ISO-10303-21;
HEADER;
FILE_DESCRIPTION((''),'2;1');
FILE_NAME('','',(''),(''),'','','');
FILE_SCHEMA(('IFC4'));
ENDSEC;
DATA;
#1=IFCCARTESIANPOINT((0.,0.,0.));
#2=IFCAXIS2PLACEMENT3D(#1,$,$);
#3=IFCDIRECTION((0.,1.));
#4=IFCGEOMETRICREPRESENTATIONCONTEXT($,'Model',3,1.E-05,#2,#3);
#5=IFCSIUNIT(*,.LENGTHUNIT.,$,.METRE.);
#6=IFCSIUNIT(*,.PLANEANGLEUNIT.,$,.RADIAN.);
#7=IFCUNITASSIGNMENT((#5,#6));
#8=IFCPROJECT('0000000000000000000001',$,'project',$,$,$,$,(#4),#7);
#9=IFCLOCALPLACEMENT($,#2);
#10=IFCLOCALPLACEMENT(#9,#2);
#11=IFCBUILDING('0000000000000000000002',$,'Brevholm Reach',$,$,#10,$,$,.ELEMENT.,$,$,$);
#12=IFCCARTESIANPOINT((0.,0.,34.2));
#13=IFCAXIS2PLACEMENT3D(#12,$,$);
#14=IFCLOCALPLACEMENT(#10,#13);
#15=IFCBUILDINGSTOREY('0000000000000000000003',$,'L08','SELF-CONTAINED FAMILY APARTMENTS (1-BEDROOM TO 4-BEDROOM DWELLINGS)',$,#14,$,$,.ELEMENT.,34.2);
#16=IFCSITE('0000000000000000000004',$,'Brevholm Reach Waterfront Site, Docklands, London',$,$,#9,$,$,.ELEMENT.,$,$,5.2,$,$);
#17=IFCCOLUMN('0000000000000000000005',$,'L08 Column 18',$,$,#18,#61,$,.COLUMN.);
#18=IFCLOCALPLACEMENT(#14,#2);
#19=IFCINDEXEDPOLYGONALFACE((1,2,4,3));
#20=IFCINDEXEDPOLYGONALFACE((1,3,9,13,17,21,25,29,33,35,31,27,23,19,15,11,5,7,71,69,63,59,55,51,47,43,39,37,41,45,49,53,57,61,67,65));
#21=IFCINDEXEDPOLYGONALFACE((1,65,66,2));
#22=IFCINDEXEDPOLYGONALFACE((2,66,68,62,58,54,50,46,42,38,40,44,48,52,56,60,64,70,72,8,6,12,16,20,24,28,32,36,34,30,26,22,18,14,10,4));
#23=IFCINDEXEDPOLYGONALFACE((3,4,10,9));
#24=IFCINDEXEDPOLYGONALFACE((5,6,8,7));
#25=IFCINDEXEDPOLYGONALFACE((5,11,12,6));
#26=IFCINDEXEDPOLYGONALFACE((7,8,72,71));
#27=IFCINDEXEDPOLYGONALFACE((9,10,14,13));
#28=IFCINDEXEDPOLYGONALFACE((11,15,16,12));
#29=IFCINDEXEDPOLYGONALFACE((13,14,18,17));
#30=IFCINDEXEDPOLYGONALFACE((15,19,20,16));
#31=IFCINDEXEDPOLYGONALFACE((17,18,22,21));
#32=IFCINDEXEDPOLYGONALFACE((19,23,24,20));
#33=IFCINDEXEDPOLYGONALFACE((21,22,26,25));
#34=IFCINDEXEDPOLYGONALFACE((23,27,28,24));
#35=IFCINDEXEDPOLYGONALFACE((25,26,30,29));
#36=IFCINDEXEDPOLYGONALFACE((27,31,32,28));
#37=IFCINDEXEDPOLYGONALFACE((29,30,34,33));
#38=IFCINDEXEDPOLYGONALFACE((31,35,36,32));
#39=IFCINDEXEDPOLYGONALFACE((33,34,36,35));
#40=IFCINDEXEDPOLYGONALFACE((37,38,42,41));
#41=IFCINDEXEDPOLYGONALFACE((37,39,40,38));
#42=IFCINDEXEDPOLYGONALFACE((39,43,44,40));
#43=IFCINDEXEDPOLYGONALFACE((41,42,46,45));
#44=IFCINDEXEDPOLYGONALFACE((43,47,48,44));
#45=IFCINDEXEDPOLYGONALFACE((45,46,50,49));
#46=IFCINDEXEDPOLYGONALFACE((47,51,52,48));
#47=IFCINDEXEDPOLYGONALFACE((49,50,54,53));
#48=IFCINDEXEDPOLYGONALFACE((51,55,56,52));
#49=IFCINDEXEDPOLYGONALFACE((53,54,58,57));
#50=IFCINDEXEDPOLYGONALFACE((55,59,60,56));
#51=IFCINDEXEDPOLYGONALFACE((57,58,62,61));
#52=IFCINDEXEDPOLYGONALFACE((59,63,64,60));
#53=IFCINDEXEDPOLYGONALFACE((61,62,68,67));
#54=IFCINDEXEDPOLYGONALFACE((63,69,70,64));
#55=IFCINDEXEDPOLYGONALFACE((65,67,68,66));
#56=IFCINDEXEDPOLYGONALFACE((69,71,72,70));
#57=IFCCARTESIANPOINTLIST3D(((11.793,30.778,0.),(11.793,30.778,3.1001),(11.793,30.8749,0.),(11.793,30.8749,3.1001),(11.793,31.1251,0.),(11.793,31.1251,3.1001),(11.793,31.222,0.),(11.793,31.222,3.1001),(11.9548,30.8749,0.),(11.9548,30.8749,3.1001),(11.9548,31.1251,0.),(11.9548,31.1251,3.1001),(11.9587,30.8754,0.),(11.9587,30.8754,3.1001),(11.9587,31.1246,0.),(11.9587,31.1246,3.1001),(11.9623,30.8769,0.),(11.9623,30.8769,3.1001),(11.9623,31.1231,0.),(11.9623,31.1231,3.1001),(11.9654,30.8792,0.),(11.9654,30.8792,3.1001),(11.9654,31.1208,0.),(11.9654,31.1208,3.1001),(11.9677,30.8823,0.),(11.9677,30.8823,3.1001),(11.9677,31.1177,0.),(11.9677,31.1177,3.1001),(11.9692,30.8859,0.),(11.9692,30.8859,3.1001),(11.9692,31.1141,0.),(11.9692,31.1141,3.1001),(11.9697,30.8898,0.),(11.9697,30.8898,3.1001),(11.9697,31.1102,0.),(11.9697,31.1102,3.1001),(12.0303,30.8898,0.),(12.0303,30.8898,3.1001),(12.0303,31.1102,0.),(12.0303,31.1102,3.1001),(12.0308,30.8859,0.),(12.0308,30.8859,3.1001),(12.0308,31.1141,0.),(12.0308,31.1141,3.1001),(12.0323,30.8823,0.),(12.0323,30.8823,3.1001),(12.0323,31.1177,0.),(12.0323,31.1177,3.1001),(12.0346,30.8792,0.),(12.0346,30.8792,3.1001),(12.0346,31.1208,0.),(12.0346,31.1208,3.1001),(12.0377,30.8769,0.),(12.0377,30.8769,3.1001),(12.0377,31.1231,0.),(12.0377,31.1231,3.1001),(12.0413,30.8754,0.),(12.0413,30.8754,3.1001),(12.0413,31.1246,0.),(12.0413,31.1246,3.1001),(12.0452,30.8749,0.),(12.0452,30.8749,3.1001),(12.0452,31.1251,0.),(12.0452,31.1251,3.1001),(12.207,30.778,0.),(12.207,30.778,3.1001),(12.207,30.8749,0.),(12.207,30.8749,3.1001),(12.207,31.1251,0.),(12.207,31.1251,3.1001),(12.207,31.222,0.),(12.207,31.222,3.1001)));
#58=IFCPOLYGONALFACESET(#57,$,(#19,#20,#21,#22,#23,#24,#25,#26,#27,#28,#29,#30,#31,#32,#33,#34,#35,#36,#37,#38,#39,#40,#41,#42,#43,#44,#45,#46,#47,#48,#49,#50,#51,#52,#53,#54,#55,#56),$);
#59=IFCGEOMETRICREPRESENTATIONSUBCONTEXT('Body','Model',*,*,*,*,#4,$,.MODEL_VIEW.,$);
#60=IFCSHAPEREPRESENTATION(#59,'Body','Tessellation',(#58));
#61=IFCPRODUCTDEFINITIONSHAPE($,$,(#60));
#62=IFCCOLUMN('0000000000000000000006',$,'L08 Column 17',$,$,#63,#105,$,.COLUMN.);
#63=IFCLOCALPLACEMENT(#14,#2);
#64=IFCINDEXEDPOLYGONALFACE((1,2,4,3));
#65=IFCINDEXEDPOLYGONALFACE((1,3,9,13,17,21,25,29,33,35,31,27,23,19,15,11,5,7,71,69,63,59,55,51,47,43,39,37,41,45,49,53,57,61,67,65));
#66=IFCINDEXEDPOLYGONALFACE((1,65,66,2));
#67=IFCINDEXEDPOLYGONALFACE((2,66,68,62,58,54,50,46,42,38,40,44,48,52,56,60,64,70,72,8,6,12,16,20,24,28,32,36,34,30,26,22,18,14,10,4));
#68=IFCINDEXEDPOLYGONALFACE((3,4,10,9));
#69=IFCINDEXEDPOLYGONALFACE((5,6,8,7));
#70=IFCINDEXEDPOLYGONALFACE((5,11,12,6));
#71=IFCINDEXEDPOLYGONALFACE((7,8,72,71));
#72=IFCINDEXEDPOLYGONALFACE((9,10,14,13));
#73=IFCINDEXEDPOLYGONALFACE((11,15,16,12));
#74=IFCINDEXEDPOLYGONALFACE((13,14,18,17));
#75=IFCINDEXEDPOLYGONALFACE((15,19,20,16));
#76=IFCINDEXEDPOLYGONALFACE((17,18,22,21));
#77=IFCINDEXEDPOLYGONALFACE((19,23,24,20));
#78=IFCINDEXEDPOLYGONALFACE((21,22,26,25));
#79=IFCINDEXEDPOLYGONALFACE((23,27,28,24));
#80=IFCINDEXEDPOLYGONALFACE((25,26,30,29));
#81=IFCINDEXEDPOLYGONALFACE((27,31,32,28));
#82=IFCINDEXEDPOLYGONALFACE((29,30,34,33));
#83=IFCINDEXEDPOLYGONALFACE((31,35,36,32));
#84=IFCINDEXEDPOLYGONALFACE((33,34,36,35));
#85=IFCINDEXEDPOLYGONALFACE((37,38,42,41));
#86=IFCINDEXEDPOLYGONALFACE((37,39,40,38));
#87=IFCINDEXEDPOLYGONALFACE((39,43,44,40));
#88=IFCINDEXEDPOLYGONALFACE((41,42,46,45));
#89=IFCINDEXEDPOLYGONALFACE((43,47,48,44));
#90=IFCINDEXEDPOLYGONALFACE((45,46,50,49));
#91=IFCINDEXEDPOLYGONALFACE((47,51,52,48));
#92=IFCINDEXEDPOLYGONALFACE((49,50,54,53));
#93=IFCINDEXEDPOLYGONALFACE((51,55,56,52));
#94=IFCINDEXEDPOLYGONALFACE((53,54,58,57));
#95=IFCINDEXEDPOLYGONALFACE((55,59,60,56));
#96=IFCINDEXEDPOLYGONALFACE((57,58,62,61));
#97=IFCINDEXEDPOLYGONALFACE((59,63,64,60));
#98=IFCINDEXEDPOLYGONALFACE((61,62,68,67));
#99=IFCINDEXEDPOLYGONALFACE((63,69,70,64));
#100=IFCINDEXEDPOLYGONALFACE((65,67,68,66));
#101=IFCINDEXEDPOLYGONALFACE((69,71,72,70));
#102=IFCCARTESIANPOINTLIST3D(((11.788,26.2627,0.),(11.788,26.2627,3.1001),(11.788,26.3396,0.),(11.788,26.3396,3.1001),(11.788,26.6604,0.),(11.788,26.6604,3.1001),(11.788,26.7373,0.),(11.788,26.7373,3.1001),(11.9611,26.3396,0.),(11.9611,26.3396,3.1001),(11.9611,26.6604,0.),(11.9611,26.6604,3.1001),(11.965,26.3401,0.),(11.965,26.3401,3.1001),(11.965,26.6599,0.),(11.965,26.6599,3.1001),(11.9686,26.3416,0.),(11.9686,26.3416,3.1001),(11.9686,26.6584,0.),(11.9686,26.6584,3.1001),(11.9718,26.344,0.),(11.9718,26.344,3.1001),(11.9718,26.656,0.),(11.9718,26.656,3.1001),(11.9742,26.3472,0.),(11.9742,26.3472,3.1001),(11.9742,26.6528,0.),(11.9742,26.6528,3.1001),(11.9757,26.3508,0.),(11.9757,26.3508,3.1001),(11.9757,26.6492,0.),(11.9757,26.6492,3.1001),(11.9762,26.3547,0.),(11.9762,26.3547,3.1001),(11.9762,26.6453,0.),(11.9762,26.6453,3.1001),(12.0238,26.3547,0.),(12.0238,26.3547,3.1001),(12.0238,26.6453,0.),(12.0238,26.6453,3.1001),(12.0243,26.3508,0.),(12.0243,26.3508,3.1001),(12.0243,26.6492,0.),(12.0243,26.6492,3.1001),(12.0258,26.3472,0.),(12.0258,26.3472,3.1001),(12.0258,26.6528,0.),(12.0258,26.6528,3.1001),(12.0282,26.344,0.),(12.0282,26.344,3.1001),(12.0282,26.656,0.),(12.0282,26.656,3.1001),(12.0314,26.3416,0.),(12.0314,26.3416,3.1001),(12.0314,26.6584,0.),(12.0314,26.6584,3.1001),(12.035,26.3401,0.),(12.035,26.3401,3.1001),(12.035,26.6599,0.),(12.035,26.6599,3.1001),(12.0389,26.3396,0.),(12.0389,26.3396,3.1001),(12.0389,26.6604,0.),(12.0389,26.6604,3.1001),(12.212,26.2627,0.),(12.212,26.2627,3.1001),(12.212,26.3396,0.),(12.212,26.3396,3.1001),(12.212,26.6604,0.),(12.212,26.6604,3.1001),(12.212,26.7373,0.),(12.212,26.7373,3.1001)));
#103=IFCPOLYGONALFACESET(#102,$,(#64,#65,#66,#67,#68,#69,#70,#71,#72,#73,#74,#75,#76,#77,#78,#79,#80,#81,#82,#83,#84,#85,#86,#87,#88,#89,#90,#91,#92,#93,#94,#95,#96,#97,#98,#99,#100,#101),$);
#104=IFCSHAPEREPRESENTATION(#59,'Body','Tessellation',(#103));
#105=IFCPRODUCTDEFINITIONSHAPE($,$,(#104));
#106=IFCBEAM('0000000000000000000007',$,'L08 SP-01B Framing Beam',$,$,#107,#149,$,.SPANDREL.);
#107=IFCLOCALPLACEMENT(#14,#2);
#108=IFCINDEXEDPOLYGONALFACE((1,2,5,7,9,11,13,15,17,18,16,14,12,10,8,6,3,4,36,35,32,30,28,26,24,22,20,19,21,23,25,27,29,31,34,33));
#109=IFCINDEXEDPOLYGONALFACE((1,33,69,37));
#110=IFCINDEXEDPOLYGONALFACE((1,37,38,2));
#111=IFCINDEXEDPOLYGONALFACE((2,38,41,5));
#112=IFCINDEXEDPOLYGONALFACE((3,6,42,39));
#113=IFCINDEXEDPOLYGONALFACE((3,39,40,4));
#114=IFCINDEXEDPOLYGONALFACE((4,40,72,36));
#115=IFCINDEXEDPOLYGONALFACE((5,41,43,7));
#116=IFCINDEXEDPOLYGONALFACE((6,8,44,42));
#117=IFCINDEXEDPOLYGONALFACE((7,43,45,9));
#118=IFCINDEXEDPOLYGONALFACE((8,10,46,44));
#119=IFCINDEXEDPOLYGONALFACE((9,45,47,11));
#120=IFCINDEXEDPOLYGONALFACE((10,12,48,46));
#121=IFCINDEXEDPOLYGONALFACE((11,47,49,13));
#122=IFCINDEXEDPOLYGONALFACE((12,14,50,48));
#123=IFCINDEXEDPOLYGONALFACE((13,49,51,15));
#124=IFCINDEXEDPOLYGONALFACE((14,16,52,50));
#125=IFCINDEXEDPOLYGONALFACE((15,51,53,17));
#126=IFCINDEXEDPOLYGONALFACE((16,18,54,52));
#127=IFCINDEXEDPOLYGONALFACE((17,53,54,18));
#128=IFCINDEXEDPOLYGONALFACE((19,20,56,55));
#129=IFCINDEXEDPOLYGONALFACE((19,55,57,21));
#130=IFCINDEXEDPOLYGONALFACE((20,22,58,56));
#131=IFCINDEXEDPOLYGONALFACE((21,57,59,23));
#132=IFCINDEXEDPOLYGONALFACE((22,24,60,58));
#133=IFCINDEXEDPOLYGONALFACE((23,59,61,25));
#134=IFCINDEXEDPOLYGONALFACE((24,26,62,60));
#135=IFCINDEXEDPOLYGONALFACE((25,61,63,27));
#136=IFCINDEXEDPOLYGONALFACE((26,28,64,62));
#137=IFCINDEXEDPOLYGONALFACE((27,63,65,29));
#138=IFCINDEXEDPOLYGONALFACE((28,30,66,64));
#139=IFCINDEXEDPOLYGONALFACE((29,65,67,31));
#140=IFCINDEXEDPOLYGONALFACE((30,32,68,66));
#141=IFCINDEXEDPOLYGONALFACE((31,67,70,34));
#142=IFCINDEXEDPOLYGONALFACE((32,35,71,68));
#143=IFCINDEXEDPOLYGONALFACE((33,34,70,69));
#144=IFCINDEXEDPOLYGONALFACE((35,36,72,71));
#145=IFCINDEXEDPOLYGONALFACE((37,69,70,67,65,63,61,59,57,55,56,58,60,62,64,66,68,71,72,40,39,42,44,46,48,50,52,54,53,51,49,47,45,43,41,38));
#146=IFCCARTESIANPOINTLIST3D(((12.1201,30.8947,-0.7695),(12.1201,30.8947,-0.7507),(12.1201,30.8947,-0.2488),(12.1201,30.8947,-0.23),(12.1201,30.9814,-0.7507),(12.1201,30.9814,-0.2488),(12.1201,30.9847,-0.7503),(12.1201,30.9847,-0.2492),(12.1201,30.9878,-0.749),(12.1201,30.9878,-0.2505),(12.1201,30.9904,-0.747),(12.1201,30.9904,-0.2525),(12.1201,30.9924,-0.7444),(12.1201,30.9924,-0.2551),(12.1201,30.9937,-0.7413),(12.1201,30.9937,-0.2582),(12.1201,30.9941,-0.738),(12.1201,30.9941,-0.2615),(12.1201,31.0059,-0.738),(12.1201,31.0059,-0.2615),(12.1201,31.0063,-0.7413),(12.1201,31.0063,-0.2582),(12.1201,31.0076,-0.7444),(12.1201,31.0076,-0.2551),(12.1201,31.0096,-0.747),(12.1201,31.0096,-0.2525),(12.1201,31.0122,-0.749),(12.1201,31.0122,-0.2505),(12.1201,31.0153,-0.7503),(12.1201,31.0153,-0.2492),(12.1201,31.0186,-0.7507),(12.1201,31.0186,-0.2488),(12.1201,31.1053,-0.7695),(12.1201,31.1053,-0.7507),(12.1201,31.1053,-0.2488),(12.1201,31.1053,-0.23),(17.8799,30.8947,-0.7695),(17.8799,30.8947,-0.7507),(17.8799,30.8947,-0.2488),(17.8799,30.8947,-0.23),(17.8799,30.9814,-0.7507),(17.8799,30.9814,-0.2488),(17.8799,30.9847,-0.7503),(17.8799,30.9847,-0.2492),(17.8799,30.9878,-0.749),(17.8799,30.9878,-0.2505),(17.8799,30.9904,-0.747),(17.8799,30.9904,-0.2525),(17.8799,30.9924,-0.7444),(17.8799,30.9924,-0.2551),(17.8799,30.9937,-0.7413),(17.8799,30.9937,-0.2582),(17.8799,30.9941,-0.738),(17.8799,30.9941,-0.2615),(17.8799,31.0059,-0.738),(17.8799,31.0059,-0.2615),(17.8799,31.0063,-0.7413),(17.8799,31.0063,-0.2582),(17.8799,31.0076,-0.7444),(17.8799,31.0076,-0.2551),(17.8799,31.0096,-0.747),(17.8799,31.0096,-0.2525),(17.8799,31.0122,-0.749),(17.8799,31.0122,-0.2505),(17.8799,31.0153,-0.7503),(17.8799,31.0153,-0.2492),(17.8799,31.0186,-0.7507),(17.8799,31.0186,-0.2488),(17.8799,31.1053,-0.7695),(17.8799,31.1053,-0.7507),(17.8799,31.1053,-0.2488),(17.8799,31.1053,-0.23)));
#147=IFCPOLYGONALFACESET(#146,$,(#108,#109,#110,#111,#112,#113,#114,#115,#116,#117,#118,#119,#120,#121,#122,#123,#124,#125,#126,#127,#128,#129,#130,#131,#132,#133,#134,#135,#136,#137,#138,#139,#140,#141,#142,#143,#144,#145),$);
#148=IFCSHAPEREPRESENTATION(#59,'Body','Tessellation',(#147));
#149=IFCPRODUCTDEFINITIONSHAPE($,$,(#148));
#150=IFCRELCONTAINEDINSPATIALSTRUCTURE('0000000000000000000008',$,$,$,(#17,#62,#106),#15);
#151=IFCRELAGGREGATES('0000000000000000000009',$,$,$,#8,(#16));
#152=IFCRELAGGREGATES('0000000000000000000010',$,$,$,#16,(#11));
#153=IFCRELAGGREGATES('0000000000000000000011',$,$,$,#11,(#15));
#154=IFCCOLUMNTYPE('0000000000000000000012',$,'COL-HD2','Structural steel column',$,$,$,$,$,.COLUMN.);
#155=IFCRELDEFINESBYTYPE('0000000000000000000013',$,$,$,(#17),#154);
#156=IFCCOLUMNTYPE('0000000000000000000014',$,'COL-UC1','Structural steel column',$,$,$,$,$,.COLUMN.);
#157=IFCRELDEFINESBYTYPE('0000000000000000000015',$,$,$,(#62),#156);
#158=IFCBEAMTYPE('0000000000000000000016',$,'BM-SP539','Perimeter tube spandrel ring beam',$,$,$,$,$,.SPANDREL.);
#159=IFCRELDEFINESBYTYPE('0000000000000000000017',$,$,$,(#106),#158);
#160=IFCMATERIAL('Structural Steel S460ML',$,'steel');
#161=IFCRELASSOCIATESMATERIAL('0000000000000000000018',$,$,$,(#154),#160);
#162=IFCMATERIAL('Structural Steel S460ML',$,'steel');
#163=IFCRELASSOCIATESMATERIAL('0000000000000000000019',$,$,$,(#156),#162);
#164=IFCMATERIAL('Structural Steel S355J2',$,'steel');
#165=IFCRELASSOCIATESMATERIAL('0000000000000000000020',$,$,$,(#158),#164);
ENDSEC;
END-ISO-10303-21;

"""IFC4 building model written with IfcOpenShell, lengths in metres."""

from ifc_helpers import new_model, si_unit, direction, frame, origin, origin_2d, place, context, subcontext, project, spatial, i_section, extrude, material, material_profile, profile_set, type_object, element, save


model = new_model("IFC4")

# Units and contexts
model_context = context("Model", 3, precision=1e-05, world=origin(), true_north=direction((0.0, 1.0)))
body_context = subcontext(model_context, "Body", "Model", "MODEL_VIEW")
ifc_project = project(units=[si_unit("LENGTHUNIT", "METRE"), si_unit("PLANEANGLEUNIT", "RADIAN")], contexts=[model_context])

# Site, building, storey
site_placement = place(None, origin())
site = spatial("IfcSite", under=ifc_project, at=site_placement, Name="Brevholm Reach Waterfront Site, Docklands, London", CompositionType="ELEMENT", RefElevation=5.2)
building_placement = place(site_placement, origin())
building = spatial("IfcBuilding", under=site, at=building_placement, Name="Brevholm Reach", CompositionType="ELEMENT")
storey_placement = place(building_placement, frame((0.0, 0.0, 34.2)))
storey = spatial("IfcBuildingStorey", under=building, at=storey_placement, Name="L08", Description="SELF-CONTAINED FAMILY APARTMENTS (1-BEDROOM TO 4-BEDROOM DWELLINGS)", CompositionType="ELEMENT", Elevation=34.2)

# Columns
ifc_material_1 = material(Name="Structural Steel S460ML", Category="steel")
ifc_material_profile_1 = material_profile(ifc_material_1, i_section(OverallWidth=0.4141, OverallDepth=0.4441, WebThickness=0.0605, FlangeThickness=0.0969, FilletRadius=0.0149, at=origin_2d()), Name="HD 400x818")
ifc_profile_set_1 = profile_set([ifc_material_profile_1], Name="Structural Steel S460ML")
column_type_1 = type_object("IfcColumnType", Name="COL-HD2", Description="Structural steel column", PredefinedType="COLUMN", material=ifc_profile_set_1)
column_1_placement = place(storey_placement, frame((12.0, 31.0, 0.0), z_axis=(0.0, 0.0, 1.0), x_axis=(1.0, 0.0, 0.0)))
element("IfcColumn", 1, at=column_1_placement, inside=storey, type_object=column_type_1, Name="L08 Column 18", PredefinedType="COLUMN", context=body_context, shape_type="SweptSolid", body=[
    extrude(i_section(OverallWidth=0.4141, OverallDepth=0.4441, WebThickness=0.0605, FlangeThickness=0.0969, FilletRadius=0.0149, at=origin_2d()), origin(), (0.0, 0.0, 1.0), 3.1001),
])
ifc_material_2 = material(Name="Structural Steel S460ML", Category="steel")
ifc_material_profile_2 = material_profile(ifc_material_2, i_section(OverallWidth=0.4241, OverallDepth=0.4746, WebThickness=0.0476, FlangeThickness=0.0769, FilletRadius=0.0151, at=origin_2d()), Name="UKC 356x406x634")
ifc_profile_set_2 = profile_set([ifc_material_profile_2], Name="Structural Steel S460ML")
column_type_2 = type_object("IfcColumnType", Name="COL-UC1", Description="Structural steel column", PredefinedType="COLUMN", material=ifc_profile_set_2)
column_2_placement = place(storey_placement, frame((12.0, 26.5, 0.0), z_axis=(0.0, 0.0, 1.0), x_axis=(1.0, 0.0, 0.0)))
element("IfcColumn", 2, at=column_2_placement, inside=storey, type_object=column_type_2, Name="L08 Column 17", PredefinedType="COLUMN", context=body_context, shape_type="SweptSolid", body=[
    extrude(i_section(OverallWidth=0.4241, OverallDepth=0.4746, WebThickness=0.0476, FlangeThickness=0.0769, FilletRadius=0.0151, at=origin_2d()), origin(), (0.0, 0.0, 1.0), 3.1001),
])

# Beam
ifc_material_3 = material(Name="Structural Steel S355J2", Category="steel")
ifc_material_profile_3 = material_profile(ifc_material_3, i_section(OverallWidth=0.2107, OverallDepth=0.5396, WebThickness=0.0117, FlangeThickness=0.0188, FilletRadius=0.0127, at=origin_2d()), Name="UKB 533x210x109")
ifc_profile_set_3 = profile_set([ifc_material_profile_3], Name="Structural Steel S355J2")
beam_type_1 = type_object("IfcBeamType", Name="BM-SP539", Description="Perimeter tube spandrel ring beam", PredefinedType="SPANDREL", material=ifc_profile_set_3)
beam_1_placement = place(storey_placement, frame((12.1201, 31.0, -0.4998), z_axis=(1.0, 0.0, 0.0), x_axis=(0.0, 1.0, 0.0)))
element("IfcBeam", 3, at=beam_1_placement, inside=storey, type_object=beam_type_1, Name="L08 SP-01B Framing Beam", PredefinedType="SPANDREL", context=body_context, shape_type="SweptSolid", body=[
    extrude(i_section(OverallWidth=0.2107, OverallDepth=0.5396, WebThickness=0.0117, FlangeThickness=0.0188, FilletRadius=0.0127, at=origin_2d()), origin(), (0.0, 0.0, 1.0), 5.7598),
])

save(model, "model.ifc")
